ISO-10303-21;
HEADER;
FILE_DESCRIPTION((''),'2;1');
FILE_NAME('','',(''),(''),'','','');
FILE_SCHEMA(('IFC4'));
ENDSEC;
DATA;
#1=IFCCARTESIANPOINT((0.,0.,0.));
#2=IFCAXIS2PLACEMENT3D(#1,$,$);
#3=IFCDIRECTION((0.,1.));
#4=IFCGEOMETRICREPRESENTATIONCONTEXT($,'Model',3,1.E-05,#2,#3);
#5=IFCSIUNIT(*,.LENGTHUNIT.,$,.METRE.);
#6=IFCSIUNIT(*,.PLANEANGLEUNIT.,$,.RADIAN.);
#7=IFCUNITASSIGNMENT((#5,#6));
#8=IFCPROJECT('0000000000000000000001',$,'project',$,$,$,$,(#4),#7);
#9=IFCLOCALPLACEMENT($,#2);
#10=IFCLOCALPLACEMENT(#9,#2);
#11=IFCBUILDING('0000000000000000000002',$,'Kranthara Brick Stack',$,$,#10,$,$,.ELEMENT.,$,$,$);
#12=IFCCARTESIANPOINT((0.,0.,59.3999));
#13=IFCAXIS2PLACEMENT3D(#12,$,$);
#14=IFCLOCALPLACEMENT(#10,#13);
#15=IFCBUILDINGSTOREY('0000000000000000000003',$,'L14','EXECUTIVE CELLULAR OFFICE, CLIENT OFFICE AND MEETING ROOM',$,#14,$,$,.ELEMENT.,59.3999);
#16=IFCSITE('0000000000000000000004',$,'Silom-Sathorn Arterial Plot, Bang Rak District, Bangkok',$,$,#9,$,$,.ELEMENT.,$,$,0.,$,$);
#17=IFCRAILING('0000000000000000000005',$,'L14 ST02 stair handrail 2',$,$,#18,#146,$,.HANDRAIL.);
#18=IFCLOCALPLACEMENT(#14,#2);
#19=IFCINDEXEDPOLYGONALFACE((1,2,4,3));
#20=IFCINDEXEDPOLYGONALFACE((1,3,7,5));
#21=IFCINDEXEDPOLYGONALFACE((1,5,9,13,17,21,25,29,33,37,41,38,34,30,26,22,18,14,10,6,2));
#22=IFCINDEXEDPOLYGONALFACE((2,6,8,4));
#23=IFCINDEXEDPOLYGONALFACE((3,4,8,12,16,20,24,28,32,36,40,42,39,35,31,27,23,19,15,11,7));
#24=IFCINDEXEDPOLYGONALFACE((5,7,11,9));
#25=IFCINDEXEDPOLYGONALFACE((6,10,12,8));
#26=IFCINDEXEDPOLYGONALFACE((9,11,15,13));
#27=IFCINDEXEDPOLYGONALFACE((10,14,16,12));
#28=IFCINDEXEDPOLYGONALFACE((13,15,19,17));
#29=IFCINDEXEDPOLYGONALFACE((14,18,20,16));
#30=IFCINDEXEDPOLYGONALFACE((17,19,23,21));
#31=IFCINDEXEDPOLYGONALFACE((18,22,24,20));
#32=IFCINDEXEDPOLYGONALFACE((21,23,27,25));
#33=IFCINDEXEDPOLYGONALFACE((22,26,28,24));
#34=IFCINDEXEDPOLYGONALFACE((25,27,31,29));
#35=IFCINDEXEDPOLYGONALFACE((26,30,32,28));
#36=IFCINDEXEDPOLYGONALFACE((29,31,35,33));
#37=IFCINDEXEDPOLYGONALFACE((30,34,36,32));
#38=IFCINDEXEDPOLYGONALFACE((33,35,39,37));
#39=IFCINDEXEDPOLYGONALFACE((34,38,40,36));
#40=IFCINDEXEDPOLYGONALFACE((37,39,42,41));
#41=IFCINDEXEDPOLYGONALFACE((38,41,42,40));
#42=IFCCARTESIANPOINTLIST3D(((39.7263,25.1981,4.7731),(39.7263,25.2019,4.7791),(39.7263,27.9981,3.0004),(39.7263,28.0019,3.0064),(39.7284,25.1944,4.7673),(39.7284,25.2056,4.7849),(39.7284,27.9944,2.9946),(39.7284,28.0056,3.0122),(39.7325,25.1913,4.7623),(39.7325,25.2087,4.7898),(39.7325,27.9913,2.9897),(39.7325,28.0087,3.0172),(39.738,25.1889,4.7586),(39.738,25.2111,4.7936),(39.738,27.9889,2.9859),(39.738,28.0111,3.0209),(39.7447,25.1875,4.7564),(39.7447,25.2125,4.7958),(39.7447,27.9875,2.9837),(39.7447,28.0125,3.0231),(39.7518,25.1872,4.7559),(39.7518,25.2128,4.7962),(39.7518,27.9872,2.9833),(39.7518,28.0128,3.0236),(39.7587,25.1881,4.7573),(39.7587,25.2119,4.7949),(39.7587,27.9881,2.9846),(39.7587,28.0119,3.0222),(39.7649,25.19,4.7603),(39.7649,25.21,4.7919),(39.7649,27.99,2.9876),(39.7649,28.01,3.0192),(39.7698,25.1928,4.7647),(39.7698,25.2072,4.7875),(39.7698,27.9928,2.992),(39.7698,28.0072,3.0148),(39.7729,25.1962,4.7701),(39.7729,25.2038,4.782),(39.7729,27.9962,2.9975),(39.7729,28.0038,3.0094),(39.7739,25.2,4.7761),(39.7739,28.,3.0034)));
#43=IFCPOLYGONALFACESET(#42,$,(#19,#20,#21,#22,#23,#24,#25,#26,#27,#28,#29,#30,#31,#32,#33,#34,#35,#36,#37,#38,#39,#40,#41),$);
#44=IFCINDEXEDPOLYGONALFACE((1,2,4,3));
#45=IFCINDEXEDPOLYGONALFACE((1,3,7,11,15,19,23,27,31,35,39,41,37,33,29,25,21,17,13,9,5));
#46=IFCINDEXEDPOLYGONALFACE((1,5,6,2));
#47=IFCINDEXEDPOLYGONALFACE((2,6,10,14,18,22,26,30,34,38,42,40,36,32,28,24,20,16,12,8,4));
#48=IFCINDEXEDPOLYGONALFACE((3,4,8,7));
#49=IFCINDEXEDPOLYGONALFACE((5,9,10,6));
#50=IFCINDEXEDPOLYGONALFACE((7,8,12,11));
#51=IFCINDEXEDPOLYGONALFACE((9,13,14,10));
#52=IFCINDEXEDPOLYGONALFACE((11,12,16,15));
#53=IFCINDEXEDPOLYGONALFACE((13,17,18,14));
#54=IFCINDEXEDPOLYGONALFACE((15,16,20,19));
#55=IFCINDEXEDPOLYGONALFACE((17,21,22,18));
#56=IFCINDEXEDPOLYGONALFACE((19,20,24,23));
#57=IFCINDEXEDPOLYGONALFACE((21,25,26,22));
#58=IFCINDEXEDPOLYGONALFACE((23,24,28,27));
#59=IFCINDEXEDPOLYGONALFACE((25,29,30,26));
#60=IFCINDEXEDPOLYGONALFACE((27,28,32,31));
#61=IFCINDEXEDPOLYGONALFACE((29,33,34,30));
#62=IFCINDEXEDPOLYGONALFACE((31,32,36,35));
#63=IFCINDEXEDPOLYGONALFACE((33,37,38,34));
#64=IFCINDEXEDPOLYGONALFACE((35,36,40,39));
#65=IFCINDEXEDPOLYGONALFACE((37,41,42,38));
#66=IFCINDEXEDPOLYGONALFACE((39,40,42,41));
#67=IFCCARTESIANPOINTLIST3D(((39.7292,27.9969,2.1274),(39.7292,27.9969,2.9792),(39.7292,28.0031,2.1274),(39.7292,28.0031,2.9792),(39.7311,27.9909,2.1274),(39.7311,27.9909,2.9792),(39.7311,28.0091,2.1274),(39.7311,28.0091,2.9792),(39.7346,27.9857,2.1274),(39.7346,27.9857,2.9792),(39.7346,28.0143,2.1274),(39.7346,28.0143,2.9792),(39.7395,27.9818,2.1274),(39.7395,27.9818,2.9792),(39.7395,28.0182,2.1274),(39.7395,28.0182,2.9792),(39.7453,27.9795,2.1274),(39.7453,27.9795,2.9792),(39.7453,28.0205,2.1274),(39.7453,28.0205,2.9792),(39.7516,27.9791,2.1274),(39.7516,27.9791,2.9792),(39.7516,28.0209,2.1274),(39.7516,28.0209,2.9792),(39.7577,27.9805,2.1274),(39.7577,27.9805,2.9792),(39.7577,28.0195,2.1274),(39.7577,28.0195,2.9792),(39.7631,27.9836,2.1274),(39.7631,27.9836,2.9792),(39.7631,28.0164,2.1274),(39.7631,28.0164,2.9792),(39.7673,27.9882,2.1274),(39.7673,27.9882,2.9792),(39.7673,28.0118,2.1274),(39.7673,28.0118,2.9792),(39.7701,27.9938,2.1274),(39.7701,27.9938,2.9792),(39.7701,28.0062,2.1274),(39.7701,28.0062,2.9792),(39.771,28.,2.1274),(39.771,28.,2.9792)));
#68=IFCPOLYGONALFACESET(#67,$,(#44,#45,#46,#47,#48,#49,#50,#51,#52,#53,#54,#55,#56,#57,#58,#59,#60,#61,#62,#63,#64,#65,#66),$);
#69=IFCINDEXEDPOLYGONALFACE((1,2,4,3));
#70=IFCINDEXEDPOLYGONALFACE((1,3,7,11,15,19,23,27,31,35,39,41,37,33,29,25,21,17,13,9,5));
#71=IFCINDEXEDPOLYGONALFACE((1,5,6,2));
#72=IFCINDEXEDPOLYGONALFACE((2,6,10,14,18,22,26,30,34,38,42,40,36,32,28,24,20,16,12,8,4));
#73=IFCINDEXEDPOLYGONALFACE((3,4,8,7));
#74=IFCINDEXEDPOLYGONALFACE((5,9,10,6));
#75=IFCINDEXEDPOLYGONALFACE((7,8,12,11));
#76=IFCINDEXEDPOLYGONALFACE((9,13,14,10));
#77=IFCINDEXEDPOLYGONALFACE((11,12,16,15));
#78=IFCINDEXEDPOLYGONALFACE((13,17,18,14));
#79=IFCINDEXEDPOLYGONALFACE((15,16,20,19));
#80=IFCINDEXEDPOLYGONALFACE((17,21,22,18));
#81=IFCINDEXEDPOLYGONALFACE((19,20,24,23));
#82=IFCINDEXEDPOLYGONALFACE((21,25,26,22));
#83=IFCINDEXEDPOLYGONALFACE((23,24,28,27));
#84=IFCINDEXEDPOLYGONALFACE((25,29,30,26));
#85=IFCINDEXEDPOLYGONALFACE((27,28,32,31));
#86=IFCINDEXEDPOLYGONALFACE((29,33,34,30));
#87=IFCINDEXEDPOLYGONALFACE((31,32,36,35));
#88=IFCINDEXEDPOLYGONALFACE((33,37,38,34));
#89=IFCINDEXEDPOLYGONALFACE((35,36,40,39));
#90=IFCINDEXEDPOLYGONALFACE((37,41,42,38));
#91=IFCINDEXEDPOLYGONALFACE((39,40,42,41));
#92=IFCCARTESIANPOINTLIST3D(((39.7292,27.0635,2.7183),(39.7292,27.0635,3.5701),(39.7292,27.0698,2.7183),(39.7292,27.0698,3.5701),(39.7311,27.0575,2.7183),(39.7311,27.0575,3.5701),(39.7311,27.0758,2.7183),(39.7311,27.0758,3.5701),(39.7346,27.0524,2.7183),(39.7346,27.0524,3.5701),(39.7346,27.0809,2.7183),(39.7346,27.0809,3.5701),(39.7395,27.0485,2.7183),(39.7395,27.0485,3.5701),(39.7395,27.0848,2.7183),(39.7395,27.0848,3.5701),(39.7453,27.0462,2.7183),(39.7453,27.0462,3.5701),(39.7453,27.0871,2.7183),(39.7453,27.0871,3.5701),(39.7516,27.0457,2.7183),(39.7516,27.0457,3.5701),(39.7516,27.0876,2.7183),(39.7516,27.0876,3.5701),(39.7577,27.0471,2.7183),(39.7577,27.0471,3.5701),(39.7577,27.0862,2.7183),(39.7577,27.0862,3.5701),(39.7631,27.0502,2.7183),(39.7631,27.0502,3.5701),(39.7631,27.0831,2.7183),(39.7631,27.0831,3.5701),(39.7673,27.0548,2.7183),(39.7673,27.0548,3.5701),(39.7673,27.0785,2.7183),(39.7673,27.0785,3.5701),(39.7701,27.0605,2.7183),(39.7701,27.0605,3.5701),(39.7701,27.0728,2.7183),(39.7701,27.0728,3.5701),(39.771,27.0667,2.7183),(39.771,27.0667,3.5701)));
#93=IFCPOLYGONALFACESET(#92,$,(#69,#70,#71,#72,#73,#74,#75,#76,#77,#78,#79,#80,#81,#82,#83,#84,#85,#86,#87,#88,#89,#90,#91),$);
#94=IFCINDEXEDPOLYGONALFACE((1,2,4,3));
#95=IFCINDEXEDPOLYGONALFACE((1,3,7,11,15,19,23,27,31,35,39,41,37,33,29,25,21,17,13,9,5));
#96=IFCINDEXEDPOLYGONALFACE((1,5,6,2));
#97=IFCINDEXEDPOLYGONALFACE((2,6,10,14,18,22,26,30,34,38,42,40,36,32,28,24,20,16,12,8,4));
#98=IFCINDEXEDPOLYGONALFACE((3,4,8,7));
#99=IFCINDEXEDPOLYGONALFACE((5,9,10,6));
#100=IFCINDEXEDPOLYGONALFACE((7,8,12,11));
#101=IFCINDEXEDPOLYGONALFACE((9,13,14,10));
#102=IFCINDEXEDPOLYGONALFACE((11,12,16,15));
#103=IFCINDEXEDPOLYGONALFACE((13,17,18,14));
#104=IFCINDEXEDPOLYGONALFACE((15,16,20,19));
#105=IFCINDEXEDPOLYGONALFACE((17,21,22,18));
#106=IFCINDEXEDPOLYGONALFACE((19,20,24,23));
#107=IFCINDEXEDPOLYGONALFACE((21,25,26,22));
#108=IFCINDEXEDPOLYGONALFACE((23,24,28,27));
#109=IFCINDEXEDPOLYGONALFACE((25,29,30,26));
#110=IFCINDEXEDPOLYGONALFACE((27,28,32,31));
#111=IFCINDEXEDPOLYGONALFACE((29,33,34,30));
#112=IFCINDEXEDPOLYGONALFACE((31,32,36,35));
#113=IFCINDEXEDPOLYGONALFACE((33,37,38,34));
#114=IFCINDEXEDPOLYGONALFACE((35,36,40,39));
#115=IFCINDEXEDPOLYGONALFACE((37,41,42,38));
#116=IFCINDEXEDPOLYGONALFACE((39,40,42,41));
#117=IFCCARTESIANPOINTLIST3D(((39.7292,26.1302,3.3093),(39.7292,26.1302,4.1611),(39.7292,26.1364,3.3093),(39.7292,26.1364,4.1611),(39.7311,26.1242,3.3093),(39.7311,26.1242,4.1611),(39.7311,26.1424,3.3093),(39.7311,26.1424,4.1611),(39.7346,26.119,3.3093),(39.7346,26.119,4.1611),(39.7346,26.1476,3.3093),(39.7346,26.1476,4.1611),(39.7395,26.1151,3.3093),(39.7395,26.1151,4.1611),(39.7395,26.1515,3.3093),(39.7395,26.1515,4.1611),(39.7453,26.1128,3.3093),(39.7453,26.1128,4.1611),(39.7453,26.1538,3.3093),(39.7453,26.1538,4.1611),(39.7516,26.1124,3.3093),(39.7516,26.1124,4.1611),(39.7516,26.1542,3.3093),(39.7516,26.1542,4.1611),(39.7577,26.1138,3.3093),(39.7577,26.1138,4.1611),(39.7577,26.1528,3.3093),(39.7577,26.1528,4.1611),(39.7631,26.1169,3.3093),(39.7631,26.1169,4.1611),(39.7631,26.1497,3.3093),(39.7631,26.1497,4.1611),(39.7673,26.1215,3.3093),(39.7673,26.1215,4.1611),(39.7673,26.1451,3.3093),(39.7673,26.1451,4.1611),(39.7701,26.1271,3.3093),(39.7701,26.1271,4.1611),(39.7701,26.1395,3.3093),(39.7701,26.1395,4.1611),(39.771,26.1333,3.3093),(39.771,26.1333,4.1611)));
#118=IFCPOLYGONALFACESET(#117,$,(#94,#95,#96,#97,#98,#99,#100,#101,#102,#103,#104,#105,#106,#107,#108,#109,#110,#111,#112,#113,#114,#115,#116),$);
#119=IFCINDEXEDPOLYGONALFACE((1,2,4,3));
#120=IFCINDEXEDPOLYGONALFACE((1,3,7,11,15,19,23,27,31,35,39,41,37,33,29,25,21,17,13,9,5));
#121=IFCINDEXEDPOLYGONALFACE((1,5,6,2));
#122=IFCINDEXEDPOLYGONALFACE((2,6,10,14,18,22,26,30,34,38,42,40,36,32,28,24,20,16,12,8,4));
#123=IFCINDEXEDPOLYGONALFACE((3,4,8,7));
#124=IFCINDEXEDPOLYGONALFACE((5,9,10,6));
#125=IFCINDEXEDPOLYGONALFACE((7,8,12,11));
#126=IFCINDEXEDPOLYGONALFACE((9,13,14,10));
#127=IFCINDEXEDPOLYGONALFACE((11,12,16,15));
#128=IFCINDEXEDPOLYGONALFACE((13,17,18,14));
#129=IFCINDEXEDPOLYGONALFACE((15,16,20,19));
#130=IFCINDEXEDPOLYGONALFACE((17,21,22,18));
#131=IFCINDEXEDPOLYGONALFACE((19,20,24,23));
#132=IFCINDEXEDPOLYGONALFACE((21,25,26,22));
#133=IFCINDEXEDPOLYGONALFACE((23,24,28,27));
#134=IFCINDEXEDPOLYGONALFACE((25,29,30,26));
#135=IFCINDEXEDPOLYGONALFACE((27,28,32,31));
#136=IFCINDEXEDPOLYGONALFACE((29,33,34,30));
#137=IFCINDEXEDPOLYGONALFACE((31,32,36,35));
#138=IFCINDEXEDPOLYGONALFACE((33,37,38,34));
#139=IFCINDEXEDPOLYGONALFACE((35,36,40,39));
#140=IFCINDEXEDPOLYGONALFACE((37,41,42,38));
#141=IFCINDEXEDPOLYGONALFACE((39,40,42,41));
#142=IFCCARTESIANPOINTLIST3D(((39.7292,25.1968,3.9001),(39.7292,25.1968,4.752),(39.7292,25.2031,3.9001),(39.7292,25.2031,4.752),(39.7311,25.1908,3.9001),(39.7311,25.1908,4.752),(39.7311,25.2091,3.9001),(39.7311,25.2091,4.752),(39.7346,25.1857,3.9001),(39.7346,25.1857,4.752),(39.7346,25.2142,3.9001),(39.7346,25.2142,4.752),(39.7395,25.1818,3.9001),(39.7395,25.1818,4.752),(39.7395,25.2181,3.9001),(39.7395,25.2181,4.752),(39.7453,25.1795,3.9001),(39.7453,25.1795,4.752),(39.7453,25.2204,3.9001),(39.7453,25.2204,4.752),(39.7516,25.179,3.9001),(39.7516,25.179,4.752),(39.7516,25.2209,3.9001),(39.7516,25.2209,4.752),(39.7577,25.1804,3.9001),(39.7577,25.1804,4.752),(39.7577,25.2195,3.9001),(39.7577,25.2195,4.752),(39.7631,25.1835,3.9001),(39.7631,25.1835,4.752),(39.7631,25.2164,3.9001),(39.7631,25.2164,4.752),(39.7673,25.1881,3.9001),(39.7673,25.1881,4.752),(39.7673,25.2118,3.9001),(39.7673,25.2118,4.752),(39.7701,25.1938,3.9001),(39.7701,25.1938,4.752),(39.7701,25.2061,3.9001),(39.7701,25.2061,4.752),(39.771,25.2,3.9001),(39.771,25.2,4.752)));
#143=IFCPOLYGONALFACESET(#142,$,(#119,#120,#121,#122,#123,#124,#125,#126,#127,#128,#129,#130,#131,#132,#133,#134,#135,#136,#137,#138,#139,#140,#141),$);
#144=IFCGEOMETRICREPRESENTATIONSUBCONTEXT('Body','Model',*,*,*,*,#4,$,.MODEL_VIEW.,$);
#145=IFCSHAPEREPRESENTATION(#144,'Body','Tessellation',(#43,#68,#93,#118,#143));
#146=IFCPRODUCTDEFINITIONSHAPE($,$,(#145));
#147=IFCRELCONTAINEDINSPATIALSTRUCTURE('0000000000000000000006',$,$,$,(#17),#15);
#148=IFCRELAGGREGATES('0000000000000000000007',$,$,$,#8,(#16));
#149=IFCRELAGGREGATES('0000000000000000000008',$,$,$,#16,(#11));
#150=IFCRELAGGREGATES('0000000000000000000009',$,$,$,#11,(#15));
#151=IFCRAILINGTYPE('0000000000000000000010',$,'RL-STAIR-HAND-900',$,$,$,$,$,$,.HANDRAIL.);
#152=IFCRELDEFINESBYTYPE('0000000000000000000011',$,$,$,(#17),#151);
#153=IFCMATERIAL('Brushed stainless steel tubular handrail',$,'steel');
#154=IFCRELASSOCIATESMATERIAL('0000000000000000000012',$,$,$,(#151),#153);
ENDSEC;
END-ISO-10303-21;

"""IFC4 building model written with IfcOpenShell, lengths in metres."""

from ifc_helpers import new_model, si_unit, direction, frame, origin, origin_2d, place, context, subcontext, project, spatial, circle, extrude, material, type_object, element, save


model = new_model("IFC4")

# Units and contexts
model_context = context("Model", 3, precision=1e-05, world=origin(), true_north=direction((0.0, 1.0)))
body_context = subcontext(model_context, "Body", "Model", "MODEL_VIEW")
ifc_project = project(units=[si_unit("LENGTHUNIT", "METRE"), si_unit("PLANEANGLEUNIT", "RADIAN")], contexts=[model_context])

# Site, building, storey
site_placement = place(None, origin())
site = spatial("IfcSite", under=ifc_project, at=site_placement, Name="Silom-Sathorn Arterial Plot, Bang Rak District, Bangkok", CompositionType="ELEMENT", RefElevation=0.0)
building_placement = place(site_placement, origin())
building = spatial("IfcBuilding", under=site, at=building_placement, Name="Kranthara Brick Stack", CompositionType="ELEMENT")
storey_placement = place(building_placement, frame((0.0, 0.0, 59.3999)))
storey = spatial("IfcBuildingStorey", under=building, at=storey_placement, Name="L14", Description="EXECUTIVE CELLULAR OFFICE, CLIENT OFFICE AND MEETING ROOM", CompositionType="ELEMENT", Elevation=59.3999)

# Railing
ifc_material_1 = material(Name="Brushed stainless steel tubular handrail", Category="steel")
railing_type_1 = type_object("IfcRailingType", Name="RL-STAIR-HAND-900", PredefinedType="HANDRAIL", material=ifc_material_1)
railing_1_placement = place(storey_placement, frame((39.75, 28.0, 2.1274)))
element("IfcRailing", 1, at=railing_1_placement, inside=storey, type_object=railing_type_1, Name="L14 ST02 stair handrail 2", PredefinedType="HANDRAIL", context=body_context, shape_type="SweptSolid", body=[
    extrude(circle(Radius=0.0239, at=origin_2d()), frame((0.0, 0.0, 0.876), z_axis=(0.0, -0.844909, 0.53491), x_axis=(1.0, 0.0, 0.0)), (0.0, 0.0, 1.0), 3.314),
    extrude(circle(Radius=0.021, at=origin_2d()), origin(), (0.0, 0.0, 1.0), 0.8518),
    extrude(circle(Radius=0.021, at=origin_2d()), frame((0.0, -0.9333, 0.5908)), (0.0, 0.0, 1.0), 0.8518),
    extrude(circle(Radius=0.021, at=origin_2d()), frame((0.0, -1.8667, 1.1819)), (0.0, 0.0, 1.0), 0.8518),
    extrude(circle(Radius=0.021, at=origin_2d()), frame((0.0, -2.8, 1.7727)), (0.0, 0.0, 1.0), 0.8518),
])

save(model, "model.ifc")
